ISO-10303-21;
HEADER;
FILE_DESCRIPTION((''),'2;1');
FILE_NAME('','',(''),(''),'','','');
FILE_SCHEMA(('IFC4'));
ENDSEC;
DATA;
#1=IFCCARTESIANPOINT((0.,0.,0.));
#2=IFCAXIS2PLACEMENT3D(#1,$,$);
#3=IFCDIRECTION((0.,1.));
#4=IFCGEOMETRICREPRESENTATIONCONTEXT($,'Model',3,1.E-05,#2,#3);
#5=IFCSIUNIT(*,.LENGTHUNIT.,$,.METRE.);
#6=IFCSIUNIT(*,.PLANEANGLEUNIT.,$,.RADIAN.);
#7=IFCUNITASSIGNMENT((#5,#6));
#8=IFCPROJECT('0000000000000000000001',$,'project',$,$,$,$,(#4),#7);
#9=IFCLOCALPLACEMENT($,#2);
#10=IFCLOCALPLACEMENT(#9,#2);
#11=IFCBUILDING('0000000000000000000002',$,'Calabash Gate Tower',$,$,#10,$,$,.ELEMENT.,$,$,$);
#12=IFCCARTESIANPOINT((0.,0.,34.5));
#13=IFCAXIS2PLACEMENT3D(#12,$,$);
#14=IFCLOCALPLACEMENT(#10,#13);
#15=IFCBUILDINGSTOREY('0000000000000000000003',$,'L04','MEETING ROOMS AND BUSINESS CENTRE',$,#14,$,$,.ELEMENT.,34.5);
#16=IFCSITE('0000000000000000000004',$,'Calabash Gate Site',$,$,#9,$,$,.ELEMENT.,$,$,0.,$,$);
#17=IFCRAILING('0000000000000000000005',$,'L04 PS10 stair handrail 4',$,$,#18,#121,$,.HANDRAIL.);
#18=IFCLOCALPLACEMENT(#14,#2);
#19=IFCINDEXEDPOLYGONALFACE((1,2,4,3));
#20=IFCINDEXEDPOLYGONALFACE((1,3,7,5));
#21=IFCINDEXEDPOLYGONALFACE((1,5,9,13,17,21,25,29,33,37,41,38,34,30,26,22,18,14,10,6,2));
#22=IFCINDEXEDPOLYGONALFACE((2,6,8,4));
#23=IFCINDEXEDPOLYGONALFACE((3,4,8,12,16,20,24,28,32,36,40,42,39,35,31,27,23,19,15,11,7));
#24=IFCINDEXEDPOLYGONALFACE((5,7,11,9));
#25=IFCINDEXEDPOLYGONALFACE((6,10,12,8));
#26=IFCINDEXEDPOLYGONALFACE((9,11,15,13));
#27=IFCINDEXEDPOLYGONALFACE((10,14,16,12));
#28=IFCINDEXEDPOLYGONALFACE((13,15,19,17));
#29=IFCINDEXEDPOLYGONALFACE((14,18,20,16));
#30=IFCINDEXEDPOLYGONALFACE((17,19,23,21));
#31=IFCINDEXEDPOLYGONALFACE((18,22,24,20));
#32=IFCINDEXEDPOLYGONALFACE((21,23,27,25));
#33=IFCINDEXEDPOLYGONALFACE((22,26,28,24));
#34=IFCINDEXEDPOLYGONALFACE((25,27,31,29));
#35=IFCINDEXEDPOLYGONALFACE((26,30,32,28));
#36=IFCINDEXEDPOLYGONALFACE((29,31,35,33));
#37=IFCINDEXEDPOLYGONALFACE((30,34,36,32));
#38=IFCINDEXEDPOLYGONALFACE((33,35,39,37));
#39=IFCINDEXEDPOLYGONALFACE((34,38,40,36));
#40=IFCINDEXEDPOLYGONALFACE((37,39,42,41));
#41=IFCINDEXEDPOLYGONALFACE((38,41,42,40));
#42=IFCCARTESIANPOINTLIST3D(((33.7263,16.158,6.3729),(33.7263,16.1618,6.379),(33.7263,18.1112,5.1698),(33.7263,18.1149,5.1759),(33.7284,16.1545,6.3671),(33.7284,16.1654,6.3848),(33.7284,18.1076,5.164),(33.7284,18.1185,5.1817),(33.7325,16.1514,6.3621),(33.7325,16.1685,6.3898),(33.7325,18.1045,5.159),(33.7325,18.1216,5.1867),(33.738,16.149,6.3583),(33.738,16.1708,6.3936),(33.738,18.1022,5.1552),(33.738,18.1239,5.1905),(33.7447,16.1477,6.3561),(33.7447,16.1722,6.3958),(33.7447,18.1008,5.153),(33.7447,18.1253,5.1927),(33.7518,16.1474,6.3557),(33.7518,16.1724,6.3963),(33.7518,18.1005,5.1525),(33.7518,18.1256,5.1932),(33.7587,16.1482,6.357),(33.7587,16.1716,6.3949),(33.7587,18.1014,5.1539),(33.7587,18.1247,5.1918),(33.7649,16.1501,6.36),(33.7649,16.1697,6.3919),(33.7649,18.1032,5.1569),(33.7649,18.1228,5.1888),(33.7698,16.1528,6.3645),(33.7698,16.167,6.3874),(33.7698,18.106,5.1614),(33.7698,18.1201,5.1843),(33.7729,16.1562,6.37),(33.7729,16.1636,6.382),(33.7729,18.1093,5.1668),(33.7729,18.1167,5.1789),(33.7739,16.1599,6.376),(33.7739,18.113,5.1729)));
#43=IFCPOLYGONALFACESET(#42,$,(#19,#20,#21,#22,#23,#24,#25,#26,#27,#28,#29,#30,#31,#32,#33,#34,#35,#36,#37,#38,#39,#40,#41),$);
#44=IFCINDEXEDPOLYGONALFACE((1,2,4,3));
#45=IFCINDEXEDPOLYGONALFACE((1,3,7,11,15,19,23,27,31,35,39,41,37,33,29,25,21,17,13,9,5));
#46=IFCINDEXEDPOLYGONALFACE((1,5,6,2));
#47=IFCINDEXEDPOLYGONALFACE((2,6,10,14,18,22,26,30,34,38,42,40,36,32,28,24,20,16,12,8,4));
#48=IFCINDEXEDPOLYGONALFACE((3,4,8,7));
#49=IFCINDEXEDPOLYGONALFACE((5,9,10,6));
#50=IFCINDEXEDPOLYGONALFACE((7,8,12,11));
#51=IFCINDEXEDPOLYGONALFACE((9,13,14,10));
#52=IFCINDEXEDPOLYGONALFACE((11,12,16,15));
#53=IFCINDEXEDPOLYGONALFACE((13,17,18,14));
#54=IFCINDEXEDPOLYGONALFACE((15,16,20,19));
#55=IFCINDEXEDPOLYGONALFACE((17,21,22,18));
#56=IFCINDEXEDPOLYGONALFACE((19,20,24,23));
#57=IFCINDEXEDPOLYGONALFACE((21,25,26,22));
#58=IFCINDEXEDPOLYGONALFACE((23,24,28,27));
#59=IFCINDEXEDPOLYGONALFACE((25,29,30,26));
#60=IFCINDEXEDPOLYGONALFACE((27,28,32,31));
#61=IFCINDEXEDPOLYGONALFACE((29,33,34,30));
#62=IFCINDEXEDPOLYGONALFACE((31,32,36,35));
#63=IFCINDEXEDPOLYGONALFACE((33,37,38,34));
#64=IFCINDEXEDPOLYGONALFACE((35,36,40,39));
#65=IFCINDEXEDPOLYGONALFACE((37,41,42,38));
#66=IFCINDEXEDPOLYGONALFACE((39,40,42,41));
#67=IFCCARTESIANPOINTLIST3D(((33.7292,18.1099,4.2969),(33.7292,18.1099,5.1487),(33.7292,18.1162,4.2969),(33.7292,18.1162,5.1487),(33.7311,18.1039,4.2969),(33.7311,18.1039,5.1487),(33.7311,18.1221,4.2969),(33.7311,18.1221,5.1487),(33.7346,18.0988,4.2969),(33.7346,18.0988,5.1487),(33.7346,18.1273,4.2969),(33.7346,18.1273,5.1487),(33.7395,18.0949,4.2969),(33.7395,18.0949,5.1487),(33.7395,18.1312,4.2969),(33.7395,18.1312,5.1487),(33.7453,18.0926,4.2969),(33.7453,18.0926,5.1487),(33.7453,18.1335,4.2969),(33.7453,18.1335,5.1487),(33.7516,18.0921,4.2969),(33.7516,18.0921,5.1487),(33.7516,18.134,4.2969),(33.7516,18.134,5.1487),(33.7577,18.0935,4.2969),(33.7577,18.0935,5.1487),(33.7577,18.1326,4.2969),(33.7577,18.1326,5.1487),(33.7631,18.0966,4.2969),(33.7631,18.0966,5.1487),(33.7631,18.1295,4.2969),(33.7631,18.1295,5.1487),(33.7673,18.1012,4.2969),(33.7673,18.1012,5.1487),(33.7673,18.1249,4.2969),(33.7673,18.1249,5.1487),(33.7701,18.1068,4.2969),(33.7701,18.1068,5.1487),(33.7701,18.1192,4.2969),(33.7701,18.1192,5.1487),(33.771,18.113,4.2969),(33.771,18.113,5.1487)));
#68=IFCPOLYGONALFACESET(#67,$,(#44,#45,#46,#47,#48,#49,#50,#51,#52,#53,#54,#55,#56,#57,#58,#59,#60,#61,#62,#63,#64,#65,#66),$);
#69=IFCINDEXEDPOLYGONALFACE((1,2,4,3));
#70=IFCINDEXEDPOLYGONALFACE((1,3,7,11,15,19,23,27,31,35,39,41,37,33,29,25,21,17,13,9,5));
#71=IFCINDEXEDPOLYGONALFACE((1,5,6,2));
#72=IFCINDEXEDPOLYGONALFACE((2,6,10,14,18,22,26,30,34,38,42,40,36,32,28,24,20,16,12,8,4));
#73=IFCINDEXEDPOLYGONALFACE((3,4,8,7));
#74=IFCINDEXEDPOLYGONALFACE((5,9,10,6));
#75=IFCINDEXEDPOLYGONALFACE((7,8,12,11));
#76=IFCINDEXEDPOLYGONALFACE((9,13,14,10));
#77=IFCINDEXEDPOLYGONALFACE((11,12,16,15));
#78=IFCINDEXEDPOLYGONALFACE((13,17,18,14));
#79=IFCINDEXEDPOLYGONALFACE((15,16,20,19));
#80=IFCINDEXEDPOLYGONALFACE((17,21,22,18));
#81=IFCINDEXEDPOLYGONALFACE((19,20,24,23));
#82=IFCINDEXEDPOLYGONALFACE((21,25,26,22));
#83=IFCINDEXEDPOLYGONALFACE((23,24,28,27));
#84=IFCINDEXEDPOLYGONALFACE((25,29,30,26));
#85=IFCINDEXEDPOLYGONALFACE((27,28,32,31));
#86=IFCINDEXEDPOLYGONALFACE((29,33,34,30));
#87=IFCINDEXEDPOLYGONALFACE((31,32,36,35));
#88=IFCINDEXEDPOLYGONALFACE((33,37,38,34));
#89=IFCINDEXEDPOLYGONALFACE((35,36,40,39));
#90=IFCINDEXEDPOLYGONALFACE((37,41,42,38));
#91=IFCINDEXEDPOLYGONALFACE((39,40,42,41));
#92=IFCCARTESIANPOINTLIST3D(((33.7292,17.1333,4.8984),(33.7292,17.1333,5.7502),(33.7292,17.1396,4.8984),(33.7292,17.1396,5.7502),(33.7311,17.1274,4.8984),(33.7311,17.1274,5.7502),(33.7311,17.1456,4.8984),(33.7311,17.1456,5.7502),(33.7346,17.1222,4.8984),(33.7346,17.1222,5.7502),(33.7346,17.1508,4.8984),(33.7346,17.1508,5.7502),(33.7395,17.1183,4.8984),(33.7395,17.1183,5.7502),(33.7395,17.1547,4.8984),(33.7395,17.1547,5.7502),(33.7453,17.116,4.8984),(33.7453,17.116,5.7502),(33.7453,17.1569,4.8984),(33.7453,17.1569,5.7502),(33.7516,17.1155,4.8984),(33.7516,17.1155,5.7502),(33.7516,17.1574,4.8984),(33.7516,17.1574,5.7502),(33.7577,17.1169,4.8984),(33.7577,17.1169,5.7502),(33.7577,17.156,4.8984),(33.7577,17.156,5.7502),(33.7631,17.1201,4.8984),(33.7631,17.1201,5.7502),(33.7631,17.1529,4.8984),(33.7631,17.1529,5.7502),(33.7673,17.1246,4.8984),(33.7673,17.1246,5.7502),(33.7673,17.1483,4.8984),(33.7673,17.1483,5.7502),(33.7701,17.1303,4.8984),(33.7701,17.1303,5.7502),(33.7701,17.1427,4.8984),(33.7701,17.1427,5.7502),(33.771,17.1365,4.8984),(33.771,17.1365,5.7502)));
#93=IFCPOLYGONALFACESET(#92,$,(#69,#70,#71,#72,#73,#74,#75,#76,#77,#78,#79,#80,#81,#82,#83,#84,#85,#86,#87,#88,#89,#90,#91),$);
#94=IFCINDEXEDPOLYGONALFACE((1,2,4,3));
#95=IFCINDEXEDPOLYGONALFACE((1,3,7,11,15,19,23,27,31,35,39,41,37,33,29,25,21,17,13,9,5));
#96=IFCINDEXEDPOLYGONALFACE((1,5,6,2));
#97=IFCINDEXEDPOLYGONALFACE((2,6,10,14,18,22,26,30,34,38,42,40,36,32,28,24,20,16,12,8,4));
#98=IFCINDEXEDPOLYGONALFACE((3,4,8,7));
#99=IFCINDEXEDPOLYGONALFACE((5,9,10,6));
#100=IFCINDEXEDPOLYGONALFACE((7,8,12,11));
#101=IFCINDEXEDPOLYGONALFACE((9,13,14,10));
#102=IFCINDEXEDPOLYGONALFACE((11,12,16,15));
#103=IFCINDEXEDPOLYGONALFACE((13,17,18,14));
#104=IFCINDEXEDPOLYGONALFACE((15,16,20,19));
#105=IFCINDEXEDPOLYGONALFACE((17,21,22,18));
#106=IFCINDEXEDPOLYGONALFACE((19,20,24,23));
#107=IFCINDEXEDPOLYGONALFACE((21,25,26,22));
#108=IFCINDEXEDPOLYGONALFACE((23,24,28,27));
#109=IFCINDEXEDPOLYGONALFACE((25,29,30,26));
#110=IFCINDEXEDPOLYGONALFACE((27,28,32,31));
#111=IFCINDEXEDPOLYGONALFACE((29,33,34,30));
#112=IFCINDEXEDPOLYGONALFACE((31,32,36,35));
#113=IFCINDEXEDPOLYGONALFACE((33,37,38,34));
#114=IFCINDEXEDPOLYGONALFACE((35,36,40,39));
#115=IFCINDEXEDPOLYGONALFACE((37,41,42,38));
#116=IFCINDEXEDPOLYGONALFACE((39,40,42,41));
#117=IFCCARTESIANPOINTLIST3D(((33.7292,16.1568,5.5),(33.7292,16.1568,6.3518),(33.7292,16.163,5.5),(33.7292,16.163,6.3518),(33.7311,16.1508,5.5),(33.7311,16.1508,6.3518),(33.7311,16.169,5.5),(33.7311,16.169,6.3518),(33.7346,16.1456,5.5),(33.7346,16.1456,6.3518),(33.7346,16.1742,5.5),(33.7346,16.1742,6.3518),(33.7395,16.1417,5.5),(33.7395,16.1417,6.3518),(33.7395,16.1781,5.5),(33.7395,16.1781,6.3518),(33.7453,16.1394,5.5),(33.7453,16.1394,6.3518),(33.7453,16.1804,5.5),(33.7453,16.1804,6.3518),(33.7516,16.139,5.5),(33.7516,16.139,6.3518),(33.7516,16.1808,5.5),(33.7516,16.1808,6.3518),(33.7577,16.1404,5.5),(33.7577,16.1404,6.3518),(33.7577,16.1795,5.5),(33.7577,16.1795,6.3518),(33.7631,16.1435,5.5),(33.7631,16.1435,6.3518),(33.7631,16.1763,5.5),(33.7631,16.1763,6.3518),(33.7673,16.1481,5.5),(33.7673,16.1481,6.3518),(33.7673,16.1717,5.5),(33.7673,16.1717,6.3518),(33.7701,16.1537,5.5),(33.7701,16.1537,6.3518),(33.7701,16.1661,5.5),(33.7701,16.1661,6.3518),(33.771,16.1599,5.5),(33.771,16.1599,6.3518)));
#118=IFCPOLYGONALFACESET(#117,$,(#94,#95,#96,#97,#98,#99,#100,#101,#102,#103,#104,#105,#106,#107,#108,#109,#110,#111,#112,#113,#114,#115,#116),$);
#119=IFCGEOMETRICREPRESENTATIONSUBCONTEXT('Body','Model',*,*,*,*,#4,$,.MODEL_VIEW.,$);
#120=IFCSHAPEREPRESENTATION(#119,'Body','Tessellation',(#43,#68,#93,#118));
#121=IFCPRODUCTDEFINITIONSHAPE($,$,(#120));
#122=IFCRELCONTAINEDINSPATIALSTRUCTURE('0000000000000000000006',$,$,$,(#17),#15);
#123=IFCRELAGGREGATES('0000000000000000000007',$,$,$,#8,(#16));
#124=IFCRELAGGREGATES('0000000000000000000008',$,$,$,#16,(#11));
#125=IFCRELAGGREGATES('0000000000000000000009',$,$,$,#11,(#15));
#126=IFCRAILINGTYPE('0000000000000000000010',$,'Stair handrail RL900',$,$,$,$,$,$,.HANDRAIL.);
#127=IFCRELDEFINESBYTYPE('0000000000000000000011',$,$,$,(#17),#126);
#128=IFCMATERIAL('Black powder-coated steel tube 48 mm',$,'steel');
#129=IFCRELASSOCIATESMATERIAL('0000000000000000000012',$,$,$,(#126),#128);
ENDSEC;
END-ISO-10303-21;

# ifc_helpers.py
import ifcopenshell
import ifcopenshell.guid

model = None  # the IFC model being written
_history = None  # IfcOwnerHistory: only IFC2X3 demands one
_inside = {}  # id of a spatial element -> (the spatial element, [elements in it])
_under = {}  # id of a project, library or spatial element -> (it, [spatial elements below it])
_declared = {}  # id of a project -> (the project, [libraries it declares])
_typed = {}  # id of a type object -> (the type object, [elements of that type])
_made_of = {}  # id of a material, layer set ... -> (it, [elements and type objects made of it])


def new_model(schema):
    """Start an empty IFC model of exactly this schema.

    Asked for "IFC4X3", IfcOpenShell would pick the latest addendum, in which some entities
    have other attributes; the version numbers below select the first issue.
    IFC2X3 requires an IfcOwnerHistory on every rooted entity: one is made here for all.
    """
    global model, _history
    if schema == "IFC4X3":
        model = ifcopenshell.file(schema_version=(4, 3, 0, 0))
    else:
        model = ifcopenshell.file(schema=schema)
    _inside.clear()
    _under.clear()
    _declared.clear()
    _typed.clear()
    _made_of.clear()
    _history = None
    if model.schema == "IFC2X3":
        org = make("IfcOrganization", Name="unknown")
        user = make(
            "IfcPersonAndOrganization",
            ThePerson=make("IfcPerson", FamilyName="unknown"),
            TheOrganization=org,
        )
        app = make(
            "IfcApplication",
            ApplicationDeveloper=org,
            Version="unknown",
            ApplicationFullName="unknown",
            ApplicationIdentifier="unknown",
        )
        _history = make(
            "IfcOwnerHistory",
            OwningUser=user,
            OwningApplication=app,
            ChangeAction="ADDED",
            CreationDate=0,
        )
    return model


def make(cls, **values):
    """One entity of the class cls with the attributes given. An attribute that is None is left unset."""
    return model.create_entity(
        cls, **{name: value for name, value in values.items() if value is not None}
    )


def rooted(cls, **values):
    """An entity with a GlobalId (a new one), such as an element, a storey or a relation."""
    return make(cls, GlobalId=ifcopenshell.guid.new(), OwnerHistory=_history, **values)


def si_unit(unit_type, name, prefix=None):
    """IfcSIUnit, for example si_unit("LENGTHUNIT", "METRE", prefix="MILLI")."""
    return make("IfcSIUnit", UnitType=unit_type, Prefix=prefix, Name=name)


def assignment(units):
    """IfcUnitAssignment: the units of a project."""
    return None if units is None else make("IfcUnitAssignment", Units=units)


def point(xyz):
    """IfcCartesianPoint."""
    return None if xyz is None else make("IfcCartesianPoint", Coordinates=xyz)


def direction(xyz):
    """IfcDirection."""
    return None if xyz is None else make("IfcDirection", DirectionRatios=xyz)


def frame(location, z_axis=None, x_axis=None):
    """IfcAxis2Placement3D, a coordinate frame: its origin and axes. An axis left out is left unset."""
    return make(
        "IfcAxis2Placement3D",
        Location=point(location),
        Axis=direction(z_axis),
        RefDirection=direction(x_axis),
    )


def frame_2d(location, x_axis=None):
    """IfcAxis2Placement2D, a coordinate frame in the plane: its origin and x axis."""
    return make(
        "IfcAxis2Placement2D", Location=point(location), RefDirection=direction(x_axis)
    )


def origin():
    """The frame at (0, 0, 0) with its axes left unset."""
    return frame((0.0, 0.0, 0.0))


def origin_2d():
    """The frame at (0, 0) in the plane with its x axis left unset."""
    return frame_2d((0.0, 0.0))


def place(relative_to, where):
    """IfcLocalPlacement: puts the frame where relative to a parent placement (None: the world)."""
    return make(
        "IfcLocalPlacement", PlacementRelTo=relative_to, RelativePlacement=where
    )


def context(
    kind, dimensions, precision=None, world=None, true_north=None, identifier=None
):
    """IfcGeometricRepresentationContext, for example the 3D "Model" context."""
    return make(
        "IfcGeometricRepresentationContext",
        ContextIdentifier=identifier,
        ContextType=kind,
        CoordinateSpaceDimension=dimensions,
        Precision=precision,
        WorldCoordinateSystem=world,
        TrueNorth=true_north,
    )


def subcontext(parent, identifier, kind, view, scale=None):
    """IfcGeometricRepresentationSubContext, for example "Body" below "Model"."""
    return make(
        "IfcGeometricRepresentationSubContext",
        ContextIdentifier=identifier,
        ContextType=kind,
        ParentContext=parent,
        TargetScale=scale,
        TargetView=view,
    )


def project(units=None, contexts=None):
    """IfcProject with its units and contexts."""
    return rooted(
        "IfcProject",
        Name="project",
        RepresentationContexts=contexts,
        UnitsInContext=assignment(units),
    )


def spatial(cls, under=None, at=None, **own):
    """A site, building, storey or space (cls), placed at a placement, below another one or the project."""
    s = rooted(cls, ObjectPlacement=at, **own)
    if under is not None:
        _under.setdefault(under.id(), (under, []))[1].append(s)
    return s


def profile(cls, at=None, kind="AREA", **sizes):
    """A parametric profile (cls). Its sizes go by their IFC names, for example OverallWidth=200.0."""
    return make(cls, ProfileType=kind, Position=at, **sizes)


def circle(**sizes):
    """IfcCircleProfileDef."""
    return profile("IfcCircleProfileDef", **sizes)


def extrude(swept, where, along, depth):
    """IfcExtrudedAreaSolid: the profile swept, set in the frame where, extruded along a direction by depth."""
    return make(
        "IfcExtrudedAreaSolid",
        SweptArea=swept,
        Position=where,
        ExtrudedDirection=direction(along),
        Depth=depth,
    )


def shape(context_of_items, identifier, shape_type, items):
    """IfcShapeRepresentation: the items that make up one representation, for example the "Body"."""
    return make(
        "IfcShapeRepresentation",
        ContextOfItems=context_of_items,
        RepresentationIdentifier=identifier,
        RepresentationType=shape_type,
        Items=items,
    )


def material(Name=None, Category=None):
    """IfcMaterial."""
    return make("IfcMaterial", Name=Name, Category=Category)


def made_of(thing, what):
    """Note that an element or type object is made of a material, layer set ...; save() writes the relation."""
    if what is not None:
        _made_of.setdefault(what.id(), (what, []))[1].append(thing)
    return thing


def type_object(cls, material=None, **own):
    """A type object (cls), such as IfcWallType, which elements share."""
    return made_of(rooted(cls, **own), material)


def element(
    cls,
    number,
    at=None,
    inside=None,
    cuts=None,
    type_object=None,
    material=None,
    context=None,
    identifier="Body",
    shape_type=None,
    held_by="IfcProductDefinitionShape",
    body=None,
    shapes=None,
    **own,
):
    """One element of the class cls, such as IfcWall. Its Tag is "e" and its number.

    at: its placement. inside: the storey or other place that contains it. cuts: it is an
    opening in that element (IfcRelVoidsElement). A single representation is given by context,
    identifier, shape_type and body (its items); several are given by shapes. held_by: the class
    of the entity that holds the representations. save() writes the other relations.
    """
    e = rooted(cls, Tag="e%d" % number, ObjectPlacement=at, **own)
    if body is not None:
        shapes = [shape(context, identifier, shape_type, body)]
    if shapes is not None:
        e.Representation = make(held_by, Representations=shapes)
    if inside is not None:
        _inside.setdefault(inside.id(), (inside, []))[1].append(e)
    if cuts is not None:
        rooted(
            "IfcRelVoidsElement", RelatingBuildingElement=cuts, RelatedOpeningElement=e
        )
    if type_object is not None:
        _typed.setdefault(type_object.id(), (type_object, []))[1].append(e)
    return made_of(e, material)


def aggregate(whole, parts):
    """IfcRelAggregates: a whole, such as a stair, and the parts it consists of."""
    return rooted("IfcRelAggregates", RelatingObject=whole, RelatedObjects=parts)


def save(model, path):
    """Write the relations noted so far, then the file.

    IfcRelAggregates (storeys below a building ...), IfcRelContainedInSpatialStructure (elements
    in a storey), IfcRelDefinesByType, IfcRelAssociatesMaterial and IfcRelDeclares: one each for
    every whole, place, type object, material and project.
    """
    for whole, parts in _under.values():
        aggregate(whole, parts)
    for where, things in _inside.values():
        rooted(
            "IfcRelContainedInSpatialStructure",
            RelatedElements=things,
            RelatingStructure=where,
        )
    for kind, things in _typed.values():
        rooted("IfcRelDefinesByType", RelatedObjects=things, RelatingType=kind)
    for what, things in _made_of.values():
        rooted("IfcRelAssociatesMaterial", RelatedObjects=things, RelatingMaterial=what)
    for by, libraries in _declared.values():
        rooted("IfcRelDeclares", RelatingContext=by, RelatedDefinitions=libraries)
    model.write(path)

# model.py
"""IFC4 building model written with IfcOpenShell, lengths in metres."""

from ifc_helpers import new_model, si_unit, direction, frame, origin, origin_2d, place, context, subcontext, project, spatial, circle, extrude, material, type_object, element, save


model = new_model("IFC4")

# Units and contexts
model_context = context("Model", 3, precision=1e-05, world=origin(), true_north=direction((0.0, 1.0)))
body_context = subcontext(model_context, "Body", "Model", "MODEL_VIEW")
ifc_project = project(units=[si_unit("LENGTHUNIT", "METRE"), si_unit("PLANEANGLEUNIT", "RADIAN")], contexts=[model_context])

# Site, building, storey
site_placement = place(None, origin())
site = spatial("IfcSite", under=ifc_project, at=site_placement, Name="Calabash Gate Site", CompositionType="ELEMENT", RefElevation=0.0)
building_placement = place(site_placement, origin())
building = spatial("IfcBuilding", under=site, at=building_placement, Name="Calabash Gate Tower", CompositionType="ELEMENT")
storey_placement = place(building_placement, frame((0.0, 0.0, 34.5)))
storey = spatial("IfcBuildingStorey", under=building, at=storey_placement, Name="L04", Description="MEETING ROOMS AND BUSINESS CENTRE", CompositionType="ELEMENT", Elevation=34.5)

# Railing
ifc_material_1 = material(Name="Black powder-coated steel tube 48 mm", Category="steel")
railing_type_1 = type_object("IfcRailingType", Name="Stair handrail RL900", PredefinedType="HANDRAIL", material=ifc_material_1)
railing_1_placement = place(storey_placement, frame((33.75, 18.113, 4.2969)))
element("IfcRailing", 1, at=railing_1_placement, inside=storey, type_object=railing_type_1, Name="L04 PS10 stair handrail 4", PredefinedType="HANDRAIL", context=body_context, shape_type="SweptSolid", body=[
    extrude(circle(Radius=0.0239, at=origin_2d()), frame((0.0, 0.0, 0.876), z_axis=(0.0, -0.851424, 0.524477), x_axis=(1.0, 0.0, 0.0)), (0.0, 0.0, 1.0), 2.2939),
    extrude(circle(Radius=0.021, at=origin_2d()), origin(), (0.0, 0.0, 1.0), 0.8518),
    extrude(circle(Radius=0.021, at=origin_2d()), frame((0.0, -0.9766, 0.6016)), (0.0, 0.0, 1.0), 0.8518),
    extrude(circle(Radius=0.021, at=origin_2d()), frame((0.0, -1.9531, 1.2031)), (0.0, 0.0, 1.0), 0.8518),
])

save(model, "model.ifc")
